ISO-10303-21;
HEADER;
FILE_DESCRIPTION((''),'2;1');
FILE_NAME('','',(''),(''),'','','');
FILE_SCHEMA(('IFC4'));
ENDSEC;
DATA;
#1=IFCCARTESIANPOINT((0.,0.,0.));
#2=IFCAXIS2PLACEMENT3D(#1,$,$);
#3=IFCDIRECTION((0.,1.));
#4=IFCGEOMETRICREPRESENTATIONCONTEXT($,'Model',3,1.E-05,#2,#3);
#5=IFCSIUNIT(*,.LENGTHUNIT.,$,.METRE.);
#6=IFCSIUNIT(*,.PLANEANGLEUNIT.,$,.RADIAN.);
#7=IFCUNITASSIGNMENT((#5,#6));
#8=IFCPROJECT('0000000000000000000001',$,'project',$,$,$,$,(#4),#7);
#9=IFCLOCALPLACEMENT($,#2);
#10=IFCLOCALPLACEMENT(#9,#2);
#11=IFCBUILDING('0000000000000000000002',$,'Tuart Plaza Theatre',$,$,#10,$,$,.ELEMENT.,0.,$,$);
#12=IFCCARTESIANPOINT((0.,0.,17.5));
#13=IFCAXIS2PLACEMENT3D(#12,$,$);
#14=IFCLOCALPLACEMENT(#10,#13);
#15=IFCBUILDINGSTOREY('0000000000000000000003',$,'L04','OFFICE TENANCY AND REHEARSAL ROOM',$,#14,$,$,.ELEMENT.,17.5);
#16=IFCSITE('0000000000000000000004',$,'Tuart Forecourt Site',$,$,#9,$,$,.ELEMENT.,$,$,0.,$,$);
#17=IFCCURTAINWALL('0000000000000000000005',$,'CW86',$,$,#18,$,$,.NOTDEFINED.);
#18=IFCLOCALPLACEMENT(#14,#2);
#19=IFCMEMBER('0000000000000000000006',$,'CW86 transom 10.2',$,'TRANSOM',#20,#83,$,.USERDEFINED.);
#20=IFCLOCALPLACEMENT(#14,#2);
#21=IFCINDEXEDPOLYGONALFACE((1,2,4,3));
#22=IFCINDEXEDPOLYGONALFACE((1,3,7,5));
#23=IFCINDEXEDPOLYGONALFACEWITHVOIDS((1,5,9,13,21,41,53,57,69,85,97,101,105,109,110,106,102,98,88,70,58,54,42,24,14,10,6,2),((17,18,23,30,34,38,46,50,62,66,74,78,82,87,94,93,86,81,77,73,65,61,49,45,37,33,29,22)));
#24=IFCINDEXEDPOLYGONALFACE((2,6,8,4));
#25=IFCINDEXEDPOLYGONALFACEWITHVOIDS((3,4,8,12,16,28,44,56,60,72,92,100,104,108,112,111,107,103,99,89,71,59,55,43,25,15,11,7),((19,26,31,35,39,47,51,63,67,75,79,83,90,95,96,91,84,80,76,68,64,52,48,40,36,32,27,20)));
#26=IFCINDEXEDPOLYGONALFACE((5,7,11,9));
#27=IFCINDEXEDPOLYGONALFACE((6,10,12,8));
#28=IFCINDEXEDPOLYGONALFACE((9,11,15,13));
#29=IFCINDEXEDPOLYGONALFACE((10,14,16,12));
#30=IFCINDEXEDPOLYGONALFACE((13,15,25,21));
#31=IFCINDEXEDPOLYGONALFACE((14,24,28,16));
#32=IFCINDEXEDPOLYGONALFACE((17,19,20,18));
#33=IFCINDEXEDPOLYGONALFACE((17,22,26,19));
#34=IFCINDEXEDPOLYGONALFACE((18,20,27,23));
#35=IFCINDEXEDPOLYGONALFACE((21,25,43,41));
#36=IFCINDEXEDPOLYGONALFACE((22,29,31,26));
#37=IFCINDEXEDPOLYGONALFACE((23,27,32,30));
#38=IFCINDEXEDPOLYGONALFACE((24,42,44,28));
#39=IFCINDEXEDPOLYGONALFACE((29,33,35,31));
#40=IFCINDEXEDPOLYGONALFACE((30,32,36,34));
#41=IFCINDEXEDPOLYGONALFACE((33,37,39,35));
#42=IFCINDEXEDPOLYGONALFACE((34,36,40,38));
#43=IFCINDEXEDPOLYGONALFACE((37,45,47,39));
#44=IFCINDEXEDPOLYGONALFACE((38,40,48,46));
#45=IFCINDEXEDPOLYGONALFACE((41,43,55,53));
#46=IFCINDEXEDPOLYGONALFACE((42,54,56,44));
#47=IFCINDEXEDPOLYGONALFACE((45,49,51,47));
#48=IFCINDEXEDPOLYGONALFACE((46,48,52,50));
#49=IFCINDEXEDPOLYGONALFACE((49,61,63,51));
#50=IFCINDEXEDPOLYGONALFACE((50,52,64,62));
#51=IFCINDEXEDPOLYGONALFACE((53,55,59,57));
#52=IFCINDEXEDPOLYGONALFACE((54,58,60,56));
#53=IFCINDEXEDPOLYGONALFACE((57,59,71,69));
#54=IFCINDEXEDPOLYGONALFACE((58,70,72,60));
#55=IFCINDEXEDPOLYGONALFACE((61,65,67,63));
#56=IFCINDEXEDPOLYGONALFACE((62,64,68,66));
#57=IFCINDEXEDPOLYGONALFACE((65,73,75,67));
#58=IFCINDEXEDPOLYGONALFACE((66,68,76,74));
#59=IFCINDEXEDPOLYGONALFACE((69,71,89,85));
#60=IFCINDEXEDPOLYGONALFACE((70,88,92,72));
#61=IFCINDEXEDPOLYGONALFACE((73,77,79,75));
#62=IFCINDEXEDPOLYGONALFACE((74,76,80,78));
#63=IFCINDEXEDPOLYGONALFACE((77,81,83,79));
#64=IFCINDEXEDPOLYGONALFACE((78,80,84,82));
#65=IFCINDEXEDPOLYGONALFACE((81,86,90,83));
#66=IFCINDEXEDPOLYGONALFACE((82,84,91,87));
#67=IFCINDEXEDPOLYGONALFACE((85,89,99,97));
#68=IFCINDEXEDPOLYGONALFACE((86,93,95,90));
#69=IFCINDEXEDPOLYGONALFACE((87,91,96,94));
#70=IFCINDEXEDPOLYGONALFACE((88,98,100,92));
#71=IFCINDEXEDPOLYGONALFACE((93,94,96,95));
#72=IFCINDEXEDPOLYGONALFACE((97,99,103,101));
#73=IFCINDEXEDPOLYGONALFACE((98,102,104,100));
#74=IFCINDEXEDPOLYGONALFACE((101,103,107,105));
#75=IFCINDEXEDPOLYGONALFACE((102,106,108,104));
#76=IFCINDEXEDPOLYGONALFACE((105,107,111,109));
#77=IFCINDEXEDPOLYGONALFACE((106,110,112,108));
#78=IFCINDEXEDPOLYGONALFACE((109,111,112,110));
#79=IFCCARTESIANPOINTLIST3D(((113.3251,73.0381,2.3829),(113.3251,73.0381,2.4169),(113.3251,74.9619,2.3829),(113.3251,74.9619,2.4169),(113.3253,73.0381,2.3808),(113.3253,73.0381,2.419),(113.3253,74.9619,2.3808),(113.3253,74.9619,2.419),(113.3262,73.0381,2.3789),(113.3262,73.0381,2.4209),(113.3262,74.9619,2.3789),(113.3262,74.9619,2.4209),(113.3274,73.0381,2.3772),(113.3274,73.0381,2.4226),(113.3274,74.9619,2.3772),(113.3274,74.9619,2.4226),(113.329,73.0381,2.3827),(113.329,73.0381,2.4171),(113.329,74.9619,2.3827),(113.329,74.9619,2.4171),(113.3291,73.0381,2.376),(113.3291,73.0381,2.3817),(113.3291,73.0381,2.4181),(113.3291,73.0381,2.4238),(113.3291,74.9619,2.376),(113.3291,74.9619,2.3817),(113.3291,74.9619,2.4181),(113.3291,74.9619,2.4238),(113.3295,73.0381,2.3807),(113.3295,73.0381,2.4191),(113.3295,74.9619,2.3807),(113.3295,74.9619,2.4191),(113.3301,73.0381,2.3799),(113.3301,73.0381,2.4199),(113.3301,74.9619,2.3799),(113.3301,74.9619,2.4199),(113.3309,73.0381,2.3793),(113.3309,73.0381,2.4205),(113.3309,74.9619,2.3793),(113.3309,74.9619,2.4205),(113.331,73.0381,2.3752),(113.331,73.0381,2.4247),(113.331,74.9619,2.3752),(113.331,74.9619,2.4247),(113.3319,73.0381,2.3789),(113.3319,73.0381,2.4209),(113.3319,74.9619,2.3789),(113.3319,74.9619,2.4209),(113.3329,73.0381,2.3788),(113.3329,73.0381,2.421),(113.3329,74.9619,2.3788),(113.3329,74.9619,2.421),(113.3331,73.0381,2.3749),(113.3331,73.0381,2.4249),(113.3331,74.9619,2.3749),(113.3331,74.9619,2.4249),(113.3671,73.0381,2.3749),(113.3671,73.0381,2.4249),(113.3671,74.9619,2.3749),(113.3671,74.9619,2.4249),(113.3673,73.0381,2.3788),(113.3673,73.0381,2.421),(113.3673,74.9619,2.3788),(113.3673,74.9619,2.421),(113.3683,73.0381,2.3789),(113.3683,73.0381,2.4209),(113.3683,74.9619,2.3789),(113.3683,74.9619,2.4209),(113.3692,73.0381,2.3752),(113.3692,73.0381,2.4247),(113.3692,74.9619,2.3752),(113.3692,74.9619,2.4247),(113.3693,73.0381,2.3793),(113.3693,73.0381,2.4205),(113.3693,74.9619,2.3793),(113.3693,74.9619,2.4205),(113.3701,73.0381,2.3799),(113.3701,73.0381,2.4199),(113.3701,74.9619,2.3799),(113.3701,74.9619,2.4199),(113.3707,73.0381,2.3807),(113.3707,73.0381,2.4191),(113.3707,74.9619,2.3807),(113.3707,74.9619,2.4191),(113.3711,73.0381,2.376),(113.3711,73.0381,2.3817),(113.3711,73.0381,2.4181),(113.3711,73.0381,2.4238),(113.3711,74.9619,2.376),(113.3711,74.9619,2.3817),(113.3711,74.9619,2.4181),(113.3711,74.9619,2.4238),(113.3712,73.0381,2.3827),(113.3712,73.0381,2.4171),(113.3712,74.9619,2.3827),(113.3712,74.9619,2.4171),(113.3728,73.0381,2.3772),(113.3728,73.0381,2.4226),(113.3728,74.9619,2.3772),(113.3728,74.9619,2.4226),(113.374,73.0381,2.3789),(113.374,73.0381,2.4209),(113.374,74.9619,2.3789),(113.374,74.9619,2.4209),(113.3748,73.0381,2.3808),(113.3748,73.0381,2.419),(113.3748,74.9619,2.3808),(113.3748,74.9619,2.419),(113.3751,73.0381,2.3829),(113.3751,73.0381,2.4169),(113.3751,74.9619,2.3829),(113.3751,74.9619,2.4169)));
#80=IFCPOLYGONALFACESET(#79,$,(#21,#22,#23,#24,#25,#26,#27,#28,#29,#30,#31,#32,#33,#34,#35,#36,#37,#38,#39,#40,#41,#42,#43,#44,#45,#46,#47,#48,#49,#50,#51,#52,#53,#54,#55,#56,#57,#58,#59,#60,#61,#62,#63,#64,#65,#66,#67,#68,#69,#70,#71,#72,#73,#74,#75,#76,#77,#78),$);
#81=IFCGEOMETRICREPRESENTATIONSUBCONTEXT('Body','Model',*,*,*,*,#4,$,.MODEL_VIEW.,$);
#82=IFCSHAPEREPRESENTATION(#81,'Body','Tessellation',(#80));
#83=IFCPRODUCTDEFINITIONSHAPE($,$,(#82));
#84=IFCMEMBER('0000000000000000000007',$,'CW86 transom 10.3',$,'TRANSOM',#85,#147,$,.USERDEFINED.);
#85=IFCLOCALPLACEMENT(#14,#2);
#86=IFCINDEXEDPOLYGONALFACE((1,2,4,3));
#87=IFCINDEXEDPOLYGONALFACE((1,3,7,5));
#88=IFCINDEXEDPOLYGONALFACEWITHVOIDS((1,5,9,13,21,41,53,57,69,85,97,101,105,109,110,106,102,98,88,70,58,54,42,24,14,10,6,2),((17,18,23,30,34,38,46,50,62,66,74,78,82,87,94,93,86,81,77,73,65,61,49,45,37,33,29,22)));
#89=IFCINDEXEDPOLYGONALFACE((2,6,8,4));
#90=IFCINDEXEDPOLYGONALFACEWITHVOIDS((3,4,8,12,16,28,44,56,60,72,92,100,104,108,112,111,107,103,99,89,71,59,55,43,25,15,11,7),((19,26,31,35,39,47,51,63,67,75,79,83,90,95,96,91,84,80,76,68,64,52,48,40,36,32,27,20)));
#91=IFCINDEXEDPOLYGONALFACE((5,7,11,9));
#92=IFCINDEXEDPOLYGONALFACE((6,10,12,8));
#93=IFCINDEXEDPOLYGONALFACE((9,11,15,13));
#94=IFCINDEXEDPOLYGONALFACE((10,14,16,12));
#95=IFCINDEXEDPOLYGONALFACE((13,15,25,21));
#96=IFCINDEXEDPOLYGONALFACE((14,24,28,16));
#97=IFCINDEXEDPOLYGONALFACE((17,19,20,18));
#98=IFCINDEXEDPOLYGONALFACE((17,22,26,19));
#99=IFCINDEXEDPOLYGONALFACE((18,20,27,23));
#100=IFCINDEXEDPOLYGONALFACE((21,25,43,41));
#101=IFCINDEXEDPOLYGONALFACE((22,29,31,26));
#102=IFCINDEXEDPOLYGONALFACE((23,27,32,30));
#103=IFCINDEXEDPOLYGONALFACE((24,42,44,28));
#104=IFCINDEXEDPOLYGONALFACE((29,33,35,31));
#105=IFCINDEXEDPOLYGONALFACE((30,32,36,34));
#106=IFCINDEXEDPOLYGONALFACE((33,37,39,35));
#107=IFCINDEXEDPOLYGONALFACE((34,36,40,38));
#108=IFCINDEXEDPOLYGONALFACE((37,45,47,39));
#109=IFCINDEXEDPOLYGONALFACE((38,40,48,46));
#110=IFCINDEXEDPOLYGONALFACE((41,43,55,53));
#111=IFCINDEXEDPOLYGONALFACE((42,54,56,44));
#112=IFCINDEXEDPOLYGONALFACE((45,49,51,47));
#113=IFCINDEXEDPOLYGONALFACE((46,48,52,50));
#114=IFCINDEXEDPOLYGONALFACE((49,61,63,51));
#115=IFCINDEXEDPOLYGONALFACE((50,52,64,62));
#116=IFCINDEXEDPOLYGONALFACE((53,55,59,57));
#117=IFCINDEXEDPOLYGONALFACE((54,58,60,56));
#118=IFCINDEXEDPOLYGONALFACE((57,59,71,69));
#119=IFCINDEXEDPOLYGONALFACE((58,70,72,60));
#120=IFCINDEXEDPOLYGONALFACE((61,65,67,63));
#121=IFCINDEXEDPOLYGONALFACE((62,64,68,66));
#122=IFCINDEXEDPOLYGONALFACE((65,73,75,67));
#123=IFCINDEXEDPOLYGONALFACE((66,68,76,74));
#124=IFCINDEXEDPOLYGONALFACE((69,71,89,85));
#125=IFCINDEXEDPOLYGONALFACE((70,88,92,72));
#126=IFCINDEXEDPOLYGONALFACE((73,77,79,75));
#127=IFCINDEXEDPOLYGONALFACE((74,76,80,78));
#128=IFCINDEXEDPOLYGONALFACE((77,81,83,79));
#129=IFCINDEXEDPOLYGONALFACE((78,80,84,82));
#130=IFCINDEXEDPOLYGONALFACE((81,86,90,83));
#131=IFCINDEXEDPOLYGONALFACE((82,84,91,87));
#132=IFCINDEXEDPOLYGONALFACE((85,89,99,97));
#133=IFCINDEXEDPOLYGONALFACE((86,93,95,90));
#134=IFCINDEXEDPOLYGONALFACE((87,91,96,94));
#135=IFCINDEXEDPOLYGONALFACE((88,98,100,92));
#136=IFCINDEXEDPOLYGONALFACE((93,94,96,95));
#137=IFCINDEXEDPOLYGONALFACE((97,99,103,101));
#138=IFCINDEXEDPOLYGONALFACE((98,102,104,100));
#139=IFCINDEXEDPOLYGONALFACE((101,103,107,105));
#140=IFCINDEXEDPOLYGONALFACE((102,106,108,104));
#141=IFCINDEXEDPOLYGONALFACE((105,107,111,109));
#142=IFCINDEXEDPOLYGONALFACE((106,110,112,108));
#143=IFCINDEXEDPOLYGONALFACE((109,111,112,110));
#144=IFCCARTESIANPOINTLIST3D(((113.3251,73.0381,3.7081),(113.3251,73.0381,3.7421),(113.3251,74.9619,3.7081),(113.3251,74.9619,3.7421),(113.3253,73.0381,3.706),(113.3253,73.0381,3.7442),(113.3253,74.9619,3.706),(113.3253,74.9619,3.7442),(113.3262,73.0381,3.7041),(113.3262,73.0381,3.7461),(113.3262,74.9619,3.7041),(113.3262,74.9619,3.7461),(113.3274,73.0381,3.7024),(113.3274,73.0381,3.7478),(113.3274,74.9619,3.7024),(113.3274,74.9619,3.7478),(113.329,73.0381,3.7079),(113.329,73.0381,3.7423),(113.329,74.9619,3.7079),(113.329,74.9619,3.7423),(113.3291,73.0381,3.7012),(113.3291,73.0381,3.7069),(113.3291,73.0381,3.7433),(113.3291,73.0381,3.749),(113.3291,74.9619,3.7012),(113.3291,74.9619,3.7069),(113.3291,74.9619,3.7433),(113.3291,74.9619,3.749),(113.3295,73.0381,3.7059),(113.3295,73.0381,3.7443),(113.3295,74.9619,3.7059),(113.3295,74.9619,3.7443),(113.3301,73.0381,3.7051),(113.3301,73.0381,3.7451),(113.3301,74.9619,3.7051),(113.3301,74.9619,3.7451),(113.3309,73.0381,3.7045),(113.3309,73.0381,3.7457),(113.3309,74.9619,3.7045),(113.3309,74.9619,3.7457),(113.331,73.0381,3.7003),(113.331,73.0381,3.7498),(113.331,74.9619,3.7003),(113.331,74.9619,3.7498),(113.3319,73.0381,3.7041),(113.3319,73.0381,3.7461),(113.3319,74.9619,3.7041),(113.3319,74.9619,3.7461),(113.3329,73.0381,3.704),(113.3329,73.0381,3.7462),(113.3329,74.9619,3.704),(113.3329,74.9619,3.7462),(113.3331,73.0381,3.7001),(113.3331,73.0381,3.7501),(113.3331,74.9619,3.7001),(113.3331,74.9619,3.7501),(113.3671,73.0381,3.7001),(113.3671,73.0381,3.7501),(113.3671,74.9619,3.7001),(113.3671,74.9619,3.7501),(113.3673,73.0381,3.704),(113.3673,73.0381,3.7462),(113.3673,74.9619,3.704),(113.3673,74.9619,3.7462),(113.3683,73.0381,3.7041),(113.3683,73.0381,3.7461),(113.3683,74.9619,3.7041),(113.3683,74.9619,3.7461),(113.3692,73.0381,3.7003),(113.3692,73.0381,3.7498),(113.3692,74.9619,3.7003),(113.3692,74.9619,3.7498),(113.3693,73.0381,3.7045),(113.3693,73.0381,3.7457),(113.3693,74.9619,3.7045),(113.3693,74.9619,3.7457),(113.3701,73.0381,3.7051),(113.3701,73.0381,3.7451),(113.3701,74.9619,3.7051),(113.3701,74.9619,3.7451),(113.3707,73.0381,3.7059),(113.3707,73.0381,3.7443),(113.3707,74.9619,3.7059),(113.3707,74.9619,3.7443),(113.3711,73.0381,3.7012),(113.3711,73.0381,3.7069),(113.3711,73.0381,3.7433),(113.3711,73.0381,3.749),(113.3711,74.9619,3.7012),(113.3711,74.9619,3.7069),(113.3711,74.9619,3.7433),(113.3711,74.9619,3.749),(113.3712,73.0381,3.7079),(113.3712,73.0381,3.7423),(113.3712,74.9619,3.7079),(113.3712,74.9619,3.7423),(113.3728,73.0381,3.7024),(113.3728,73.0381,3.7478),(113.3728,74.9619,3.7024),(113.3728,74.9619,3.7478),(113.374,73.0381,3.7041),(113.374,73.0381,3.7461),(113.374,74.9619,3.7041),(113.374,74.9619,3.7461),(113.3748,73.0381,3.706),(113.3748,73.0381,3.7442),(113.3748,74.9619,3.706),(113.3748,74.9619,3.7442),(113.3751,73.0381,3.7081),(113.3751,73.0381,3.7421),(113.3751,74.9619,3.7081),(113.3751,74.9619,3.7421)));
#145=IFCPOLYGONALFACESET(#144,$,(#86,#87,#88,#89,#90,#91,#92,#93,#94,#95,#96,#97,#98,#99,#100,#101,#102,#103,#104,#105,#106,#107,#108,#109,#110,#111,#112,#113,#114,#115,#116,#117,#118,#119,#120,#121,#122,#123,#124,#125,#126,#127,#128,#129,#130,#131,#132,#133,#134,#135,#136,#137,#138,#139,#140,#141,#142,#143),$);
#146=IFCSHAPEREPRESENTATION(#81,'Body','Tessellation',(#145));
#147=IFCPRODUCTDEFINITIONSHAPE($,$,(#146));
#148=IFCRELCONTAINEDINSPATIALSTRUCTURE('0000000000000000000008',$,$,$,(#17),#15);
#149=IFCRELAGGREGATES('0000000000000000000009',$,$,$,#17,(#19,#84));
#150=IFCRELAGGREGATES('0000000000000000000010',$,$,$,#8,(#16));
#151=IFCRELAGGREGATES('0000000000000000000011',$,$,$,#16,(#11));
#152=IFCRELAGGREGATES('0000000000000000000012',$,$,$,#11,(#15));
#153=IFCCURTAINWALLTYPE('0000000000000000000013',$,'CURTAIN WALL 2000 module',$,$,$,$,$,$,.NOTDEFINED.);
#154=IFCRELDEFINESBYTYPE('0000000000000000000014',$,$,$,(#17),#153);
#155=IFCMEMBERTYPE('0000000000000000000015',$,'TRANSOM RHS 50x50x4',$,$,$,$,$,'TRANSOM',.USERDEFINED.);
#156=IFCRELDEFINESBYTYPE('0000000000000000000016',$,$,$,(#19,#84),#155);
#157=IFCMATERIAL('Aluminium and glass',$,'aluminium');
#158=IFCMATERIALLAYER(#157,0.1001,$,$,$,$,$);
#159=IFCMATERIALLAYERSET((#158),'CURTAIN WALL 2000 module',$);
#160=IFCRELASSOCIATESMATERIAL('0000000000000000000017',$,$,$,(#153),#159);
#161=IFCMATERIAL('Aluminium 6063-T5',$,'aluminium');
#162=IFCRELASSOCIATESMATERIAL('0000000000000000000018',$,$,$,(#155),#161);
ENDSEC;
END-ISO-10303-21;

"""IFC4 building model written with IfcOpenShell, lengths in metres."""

from ifc_helpers import new_model, si_unit, direction, frame, origin, origin_2d, place, context, subcontext, project, spatial, hollow_rectangle, extrude, material, layer, layer_set, material_profile, profile_set, type_object, element, aggregate, save


model = new_model("IFC4")

# Units and contexts
model_context = context("Model", 3, precision=1e-05, world=origin(), true_north=direction((0.0, 1.0)))
body_context = subcontext(model_context, "Body", "Model", "MODEL_VIEW")
ifc_project = project(units=[si_unit("LENGTHUNIT", "METRE"), si_unit("PLANEANGLEUNIT", "RADIAN")], contexts=[model_context])

# Site, building, storey
site_placement = place(None, origin())
site = spatial("IfcSite", under=ifc_project, at=site_placement, Name="Tuart Forecourt Site", CompositionType="ELEMENT", RefElevation=0.0)
building_placement = place(site_placement, origin())
building = spatial("IfcBuilding", under=site, at=building_placement, Name="Tuart Plaza Theatre", CompositionType="ELEMENT", ElevationOfRefHeight=0.0)
storey_placement = place(building_placement, frame((0.0, 0.0, 17.5)))
storey = spatial("IfcBuildingStorey", under=building, at=storey_placement, Name="L04", Description="OFFICE TENANCY AND REHEARSAL ROOM", CompositionType="ELEMENT", Elevation=17.5)

# Curtain wall, members
ifc_material_1 = material(Name="Aluminium and glass", Category="aluminium")
ifc_layer_1 = layer(ifc_material_1, 0.1001)
ifc_layer_set_1 = layer_set([ifc_layer_1], Name="CURTAIN WALL 2000 module")
curtain_wall_type = type_object("IfcCurtainWallType", Name="CURTAIN WALL 2000 module", PredefinedType="NOTDEFINED", material=ifc_layer_set_1)
curtain_wall_placement = place(storey_placement, origin())
curtain_wall = element("IfcCurtainWall", 1, at=curtain_wall_placement, inside=storey, type_object=curtain_wall_type, Name="CW86", PredefinedType="NOTDEFINED")
ifc_material_2 = material(Name="Aluminium 6063-T5", Category="aluminium")
ifc_material_profile_1 = material_profile(ifc_material_2, hollow_rectangle(XDim=0.05, YDim=0.05, WallThickness=0.0039, InnerFilletRadius=0.0039, OuterFilletRadius=0.0081, at=origin_2d()), Name="RHS 50x50x4")
ifc_profile_set_1 = profile_set([ifc_material_profile_1], Name="Aluminium 6063-T5")
member_type_1 = type_object("IfcMemberType", Name="TRANSOM RHS 50x50x4", ElementType="TRANSOM", PredefinedType="USERDEFINED", material=ifc_profile_set_1)
member_1_placement = place(storey_placement, frame((113.3501, 74.9619, 2.3999), z_axis=(0.0, -1.0, 0.0), x_axis=(1.0, 0.0, 0.0)))
member_1 = element("IfcMember", 2, at=member_1_placement, type_object=member_type_1, Name="CW86 transom 10.2", ObjectType="TRANSOM", PredefinedType="USERDEFINED", context=body_context, shape_type="SweptSolid", body=[
    extrude(hollow_rectangle(XDim=0.05, YDim=0.05, WallThickness=0.0039, InnerFilletRadius=0.0039, OuterFilletRadius=0.0081, at=origin_2d()), origin(), (0.0, 0.0, 1.0), 1.9238),
])
member_2_placement = place(storey_placement, frame((113.3501, 74.9619, 3.7251), z_axis=(0.0, -1.0, 0.0), x_axis=(1.0, 0.0, 0.0)))
member_2 = element("IfcMember", 3, at=member_2_placement, type_object=member_type_1, Name="CW86 transom 10.3", ObjectType="TRANSOM", PredefinedType="USERDEFINED", context=body_context, shape_type="SweptSolid", body=[
    extrude(hollow_rectangle(XDim=0.05, YDim=0.05, WallThickness=0.0039, InnerFilletRadius=0.0039, OuterFilletRadius=0.0081, at=origin_2d()), origin(), (0.0, 0.0, 1.0), 1.9238),
])
aggregate(curtain_wall, [member_1, member_2])

save(model, "model.ifc")
